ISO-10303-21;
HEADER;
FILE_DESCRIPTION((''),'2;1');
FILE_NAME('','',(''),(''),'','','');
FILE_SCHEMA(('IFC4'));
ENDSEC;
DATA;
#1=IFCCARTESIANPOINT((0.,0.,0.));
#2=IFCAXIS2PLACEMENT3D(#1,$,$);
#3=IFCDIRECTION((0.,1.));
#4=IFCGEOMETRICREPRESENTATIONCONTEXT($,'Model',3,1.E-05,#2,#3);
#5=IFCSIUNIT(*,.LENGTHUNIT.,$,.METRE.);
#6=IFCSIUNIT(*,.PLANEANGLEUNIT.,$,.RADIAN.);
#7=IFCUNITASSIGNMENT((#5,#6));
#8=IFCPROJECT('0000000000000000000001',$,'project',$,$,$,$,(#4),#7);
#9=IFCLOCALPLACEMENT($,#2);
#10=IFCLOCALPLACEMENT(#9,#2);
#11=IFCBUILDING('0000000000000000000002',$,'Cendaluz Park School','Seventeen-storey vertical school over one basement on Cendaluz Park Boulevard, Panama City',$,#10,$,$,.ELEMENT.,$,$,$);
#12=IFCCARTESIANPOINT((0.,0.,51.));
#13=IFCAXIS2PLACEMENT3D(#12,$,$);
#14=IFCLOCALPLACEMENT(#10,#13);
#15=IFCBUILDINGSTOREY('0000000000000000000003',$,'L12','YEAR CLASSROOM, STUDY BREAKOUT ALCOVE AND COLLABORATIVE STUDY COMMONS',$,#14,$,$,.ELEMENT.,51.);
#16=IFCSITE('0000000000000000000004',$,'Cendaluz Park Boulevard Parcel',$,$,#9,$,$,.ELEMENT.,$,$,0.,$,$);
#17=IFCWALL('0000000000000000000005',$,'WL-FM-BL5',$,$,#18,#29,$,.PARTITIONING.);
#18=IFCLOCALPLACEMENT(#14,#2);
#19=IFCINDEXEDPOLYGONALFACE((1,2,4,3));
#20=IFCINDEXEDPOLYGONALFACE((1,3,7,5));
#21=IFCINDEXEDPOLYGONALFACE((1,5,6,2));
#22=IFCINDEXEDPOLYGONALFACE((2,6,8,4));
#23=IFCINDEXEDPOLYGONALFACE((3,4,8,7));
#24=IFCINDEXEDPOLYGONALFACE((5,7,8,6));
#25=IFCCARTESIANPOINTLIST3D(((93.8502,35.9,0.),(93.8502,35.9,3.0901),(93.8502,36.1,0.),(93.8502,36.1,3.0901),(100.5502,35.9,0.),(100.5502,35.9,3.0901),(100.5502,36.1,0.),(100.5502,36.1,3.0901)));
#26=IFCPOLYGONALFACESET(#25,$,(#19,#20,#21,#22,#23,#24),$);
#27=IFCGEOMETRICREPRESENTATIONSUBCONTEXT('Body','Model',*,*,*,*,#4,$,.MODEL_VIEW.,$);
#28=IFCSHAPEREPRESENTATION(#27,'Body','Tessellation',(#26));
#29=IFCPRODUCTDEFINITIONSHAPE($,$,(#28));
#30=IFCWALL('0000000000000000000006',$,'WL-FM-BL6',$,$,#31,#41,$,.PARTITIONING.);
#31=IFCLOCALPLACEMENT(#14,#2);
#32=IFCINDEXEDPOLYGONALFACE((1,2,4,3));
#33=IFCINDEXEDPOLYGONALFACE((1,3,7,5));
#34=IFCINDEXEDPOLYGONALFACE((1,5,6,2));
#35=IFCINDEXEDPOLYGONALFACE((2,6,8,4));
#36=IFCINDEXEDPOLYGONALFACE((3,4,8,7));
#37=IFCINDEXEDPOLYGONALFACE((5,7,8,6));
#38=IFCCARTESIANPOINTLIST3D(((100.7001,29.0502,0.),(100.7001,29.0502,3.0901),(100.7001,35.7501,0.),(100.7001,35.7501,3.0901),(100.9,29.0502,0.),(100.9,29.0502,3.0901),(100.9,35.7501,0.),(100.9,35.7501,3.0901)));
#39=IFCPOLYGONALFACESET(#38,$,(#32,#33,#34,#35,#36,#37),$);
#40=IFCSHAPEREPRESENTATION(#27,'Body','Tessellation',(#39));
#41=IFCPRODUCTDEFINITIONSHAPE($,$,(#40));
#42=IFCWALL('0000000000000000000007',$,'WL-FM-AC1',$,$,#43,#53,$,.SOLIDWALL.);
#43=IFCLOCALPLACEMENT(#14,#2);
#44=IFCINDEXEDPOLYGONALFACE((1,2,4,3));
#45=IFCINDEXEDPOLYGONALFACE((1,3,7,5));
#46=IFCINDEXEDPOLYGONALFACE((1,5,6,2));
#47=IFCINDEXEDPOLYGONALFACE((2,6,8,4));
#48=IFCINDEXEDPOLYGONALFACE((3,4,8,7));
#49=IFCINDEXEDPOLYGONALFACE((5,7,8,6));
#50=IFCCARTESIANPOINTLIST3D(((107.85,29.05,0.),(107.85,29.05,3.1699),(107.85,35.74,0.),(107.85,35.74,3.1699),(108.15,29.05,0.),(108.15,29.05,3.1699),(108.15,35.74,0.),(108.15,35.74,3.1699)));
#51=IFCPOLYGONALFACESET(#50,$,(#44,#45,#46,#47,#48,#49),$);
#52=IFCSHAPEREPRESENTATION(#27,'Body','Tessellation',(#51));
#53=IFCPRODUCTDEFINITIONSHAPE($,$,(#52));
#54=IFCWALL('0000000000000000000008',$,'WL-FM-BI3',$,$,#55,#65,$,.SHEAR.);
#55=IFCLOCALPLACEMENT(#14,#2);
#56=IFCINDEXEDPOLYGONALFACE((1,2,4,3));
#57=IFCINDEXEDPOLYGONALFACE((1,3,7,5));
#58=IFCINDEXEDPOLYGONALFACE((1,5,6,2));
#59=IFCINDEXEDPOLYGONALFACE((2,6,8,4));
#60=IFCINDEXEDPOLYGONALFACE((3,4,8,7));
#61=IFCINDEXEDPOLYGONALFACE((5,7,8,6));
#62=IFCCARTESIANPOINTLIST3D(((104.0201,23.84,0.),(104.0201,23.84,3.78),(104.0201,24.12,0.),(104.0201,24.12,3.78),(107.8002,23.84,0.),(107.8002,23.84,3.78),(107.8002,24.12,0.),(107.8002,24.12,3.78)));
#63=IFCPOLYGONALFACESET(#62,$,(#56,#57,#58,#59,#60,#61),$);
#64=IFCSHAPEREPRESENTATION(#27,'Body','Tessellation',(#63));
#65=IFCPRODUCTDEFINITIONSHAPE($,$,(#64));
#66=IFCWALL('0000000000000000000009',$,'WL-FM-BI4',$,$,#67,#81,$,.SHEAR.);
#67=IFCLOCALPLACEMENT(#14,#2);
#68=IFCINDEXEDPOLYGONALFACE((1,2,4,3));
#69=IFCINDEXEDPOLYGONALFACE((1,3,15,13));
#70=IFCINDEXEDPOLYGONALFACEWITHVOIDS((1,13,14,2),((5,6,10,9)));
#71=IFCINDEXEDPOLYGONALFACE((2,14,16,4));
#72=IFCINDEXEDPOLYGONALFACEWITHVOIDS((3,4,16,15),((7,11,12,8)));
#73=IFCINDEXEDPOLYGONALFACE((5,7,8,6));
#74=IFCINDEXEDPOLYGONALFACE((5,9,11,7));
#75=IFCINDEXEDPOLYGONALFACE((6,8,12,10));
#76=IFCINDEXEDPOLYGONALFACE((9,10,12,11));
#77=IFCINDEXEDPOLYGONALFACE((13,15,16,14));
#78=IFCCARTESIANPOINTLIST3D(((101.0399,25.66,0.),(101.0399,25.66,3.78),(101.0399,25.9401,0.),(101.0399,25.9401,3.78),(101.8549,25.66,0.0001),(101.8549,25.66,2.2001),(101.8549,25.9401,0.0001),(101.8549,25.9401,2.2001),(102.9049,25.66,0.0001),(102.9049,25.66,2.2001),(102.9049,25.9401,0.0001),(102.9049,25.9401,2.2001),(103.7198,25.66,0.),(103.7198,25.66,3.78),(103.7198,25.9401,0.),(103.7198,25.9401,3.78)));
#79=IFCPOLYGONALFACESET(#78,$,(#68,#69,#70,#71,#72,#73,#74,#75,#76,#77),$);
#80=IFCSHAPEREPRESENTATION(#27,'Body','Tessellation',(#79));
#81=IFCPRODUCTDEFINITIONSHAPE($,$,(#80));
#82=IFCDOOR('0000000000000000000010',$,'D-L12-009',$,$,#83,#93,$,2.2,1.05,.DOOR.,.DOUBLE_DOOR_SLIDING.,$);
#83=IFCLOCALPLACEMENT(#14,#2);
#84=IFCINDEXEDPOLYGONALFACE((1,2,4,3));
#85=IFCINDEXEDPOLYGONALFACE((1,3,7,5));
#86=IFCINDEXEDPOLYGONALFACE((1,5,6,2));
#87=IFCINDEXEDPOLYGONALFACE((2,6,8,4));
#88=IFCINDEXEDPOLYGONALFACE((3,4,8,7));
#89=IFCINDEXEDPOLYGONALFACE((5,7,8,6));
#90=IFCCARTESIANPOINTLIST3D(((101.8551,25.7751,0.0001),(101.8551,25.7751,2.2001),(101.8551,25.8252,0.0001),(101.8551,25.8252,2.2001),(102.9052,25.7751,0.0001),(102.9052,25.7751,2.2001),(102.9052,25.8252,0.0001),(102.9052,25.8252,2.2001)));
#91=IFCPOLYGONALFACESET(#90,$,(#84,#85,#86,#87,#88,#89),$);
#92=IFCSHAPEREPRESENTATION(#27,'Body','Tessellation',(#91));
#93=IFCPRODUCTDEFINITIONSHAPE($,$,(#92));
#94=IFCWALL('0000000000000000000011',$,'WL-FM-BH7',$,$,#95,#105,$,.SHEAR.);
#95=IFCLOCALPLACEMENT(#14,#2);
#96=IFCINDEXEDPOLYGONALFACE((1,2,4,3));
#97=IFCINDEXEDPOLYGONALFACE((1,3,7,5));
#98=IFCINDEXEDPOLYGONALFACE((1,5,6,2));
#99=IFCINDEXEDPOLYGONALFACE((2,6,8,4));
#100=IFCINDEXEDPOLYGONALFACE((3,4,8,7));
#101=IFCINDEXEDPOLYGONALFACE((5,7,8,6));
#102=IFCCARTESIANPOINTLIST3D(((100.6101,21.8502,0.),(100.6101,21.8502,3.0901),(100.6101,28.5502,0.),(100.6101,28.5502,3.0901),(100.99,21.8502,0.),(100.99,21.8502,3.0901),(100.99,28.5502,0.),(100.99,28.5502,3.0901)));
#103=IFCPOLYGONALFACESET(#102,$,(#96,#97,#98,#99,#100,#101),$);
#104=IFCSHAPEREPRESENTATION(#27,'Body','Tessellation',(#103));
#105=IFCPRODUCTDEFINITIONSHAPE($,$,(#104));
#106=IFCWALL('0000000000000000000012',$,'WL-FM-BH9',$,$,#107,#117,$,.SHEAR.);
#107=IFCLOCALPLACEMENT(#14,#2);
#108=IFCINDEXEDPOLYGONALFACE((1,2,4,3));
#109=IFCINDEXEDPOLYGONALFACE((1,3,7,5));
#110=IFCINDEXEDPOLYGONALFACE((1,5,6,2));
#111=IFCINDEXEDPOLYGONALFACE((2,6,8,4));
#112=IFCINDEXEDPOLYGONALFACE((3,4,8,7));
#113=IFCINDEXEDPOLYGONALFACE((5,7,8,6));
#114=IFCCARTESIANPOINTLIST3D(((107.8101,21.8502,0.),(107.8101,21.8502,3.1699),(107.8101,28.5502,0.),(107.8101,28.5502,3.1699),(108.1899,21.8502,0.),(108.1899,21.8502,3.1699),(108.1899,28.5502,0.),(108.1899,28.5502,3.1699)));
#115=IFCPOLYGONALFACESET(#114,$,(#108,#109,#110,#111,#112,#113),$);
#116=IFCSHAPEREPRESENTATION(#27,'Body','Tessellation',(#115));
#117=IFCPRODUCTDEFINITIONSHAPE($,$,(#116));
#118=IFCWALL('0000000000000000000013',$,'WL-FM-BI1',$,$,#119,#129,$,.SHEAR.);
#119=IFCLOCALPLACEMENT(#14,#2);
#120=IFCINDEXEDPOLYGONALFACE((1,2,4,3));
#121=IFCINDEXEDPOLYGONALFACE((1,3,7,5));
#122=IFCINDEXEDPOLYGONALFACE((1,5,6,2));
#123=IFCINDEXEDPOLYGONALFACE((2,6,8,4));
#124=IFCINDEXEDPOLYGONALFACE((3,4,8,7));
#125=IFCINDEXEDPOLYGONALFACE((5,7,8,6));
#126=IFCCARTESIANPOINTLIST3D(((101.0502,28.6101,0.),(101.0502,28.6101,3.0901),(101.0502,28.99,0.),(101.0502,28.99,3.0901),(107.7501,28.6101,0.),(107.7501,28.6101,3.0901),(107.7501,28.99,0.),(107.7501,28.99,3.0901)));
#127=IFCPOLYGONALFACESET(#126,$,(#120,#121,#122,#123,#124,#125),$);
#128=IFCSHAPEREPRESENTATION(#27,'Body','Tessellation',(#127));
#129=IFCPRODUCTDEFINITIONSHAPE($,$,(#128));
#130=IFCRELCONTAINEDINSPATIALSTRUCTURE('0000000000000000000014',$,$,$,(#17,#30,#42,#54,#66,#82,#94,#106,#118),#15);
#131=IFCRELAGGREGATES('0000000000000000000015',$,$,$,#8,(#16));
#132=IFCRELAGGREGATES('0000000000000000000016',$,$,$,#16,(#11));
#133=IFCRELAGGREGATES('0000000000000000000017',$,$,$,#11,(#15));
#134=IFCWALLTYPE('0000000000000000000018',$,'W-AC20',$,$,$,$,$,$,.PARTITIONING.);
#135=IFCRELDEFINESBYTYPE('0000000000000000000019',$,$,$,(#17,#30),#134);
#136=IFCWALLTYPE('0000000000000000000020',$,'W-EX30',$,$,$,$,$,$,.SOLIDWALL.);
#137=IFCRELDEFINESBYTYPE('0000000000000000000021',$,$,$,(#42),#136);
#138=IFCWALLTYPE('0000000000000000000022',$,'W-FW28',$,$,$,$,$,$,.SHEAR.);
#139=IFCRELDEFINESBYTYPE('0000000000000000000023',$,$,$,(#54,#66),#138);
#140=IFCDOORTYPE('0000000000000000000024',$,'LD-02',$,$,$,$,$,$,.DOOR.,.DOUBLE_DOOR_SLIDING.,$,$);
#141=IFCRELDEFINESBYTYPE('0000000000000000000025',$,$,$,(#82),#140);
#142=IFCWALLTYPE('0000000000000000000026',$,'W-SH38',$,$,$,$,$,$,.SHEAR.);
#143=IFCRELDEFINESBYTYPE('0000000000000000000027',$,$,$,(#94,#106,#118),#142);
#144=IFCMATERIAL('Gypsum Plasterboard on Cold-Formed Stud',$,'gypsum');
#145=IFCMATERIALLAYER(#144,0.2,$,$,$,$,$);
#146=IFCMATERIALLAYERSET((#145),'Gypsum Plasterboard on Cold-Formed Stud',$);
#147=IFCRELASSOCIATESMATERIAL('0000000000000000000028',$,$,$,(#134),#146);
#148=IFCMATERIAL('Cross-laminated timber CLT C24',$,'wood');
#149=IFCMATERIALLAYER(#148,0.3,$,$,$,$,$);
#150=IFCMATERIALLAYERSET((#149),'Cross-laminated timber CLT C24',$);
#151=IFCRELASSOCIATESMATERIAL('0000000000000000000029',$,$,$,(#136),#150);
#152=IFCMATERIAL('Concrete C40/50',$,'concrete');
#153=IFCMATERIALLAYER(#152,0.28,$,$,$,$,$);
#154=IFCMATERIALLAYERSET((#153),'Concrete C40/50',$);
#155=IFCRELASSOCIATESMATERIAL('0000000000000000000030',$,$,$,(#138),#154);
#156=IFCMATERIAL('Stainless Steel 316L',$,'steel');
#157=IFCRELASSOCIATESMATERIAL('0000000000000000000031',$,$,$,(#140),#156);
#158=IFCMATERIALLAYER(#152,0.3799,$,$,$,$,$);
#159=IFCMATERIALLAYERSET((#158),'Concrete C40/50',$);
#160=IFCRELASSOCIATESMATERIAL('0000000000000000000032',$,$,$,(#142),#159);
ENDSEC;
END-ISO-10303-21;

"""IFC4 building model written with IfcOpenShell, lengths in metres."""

from ifc_helpers import new_model, si_unit, direction, frame, frame_2d, origin, place, context, subcontext, project, spatial, rectangle, extrude, material, layer, layer_set, type_object, element, fill, save


model = new_model("IFC4")

# Units and contexts
model_context = context("Model", 3, precision=1e-05, world=origin(), true_north=direction((0.0, 1.0)))
body_context = subcontext(model_context, "Body", "Model", "MODEL_VIEW")
ifc_project = project(units=[si_unit("LENGTHUNIT", "METRE"), si_unit("PLANEANGLEUNIT", "RADIAN")], contexts=[model_context])

# Site, building, storey
site_placement = place(None, origin())
site = spatial("IfcSite", under=ifc_project, at=site_placement, Name="Cendaluz Park Boulevard Parcel", CompositionType="ELEMENT", RefElevation=0.0)
building_placement = place(site_placement, origin())
building = spatial("IfcBuilding", under=site, at=building_placement, Name="Cendaluz Park School", Description="Seventeen-storey vertical school over one basement on Cendaluz Park Boulevard, Panama City", CompositionType="ELEMENT")
storey_placement = place(building_placement, frame((0.0, 0.0, 51.0)))
storey = spatial("IfcBuildingStorey", under=building, at=storey_placement, Name="L12", Description="YEAR CLASSROOM, STUDY BREAKOUT ALCOVE AND COLLABORATIVE STUDY COMMONS", CompositionType="ELEMENT", Elevation=51.0)

# Walls
ifc_material_1 = material(Name="Gypsum Plasterboard on Cold-Formed Stud", Category="gypsum")
ifc_layer_1 = layer(ifc_material_1, 0.2)
ifc_layer_set_1 = layer_set([ifc_layer_1], Name="Gypsum Plasterboard on Cold-Formed Stud")
wall_type_1 = type_object("IfcWallType", Name="W-AC20", PredefinedType="PARTITIONING", material=ifc_layer_set_1)
for number, where, z_axis, x_axis, name in (
    (1, (93.8501, 36.0, 0.0), (0.0, 0.0, 1.0), (1.0, 0.0, 0.0), "WL-FM-BL5"),
    (2, (100.8, 29.05, 0.0), (0.0, 0.0, 1.0), (0.0, 1.0, 0.0), "WL-FM-BL6"),
):
    element("IfcWall", number, at=place(storey_placement, frame(where, z_axis=z_axis, x_axis=x_axis)), inside=storey, type_object=wall_type_1, Name=name, PredefinedType="PARTITIONING", context=body_context, shape_type="SweptSolid", body=[
        extrude(rectangle(XDim=6.7, YDim=0.2, at=frame_2d((3.3501, 0.0))), origin(), (0.0, 0.0, 1.0), 3.0901),
    ])
ifc_material_2 = material(Name="Cross-laminated timber CLT C24", Category="wood")
ifc_layer_2 = layer(ifc_material_2, 0.3)
ifc_layer_set_2 = layer_set([ifc_layer_2], Name="Cross-laminated timber CLT C24")
wall_type_2 = type_object("IfcWallType", Name="W-EX30", PredefinedType="SOLIDWALL", material=ifc_layer_set_2)
wall_1_placement = place(storey_placement, frame((108.0, 29.05, 0.0), z_axis=(0.0, 0.0, 1.0), x_axis=(0.0, 1.0, 0.0)))
element("IfcWall", 3, at=wall_1_placement, inside=storey, type_object=wall_type_2, Name="WL-FM-AC1", PredefinedType="SOLIDWALL", context=body_context, shape_type="SweptSolid", body=[
    extrude(rectangle(XDim=6.6899, YDim=0.3, at=frame_2d((3.345, 0.0))), origin(), (0.0, 0.0, 1.0), 3.1699),
])
ifc_material_3 = material(Name="Concrete C40/50", Category="concrete")
ifc_layer_3 = layer(ifc_material_3, 0.28)
ifc_layer_set_3 = layer_set([ifc_layer_3], Name="Concrete C40/50")
wall_type_3 = type_object("IfcWallType", Name="W-FW28", PredefinedType="SHEAR", material=ifc_layer_set_3)
wall_2_placement = place(storey_placement, frame((104.02, 23.98, 0.0), z_axis=(0.0, 0.0, 1.0), x_axis=(1.0, 0.0, 0.0)))
element("IfcWall", 4, at=wall_2_placement, inside=storey, type_object=wall_type_3, Name="WL-FM-BI3", PredefinedType="SHEAR", context=body_context, shape_type="SweptSolid", body=[
    extrude(rectangle(XDim=3.78, YDim=0.28, at=frame_2d((1.8901, 0.0))), origin(), (0.0, 0.0, 1.0), 3.78),
])

# Wall, opening, door
wall_3_placement = place(storey_placement, frame((101.04, 25.8, 0.0), z_axis=(0.0, 0.0, 1.0), x_axis=(1.0, 0.0, 0.0)))
wall_3 = element("IfcWall", 5, at=wall_3_placement, inside=storey, type_object=wall_type_3, Name="WL-FM-BI4", PredefinedType="SHEAR", context=body_context, shape_type="SweptSolid", body=[
    extrude(rectangle(XDim=2.6799, YDim=0.28, at=frame_2d((1.3398, 0.0))), origin(), (0.0, 0.0, 1.0), 3.78),
])
opening_placement = place(wall_3_placement, frame((0.8149, 0.0, 0.0)))
opening = element("IfcOpeningElement", 6, at=opening_placement, cuts=wall_3, PredefinedType="OPENING", context=body_context, shape_type="SweptSolid", body=[
    extrude(rectangle(XDim=1.05, YDim=2.2, at=frame_2d((0.5249, 1.1001))), frame((0.0, 0.1521, 0.0), z_axis=(0.0, -1.0, 0.0), x_axis=(1.0, 0.0, 0.0)), (0.0, 0.0, 1.0), 0.304),
])
ifc_material_4 = material(Name="Stainless Steel 316L", Category="steel")
door_type = type_object("IfcDoorType", Name="LD-02", OperationType="DOUBLE_DOOR_SLIDING", PredefinedType="DOOR", material=ifc_material_4)
door_placement = place(opening_placement, frame((1.05, 0.0, 0.0), z_axis=(0.0, 0.0, 1.0), x_axis=(-1.0, 0.0, 0.0)))
door = element("IfcDoor", 7, at=door_placement, inside=storey, type_object=door_type, Name="D-L12-009", OperationType="DOUBLE_DOOR_SLIDING", OverallHeight=2.2, OverallWidth=1.05, PredefinedType="DOOR", context=body_context, shape_type="SweptSolid", body=[
    extrude(rectangle(XDim=1.05, YDim=2.2, at=frame_2d((0.5249, 1.1001))), frame((0.0, 0.0249, 0.0), z_axis=(0.0, -1.0, 0.0), x_axis=(1.0, 0.0, 0.0)), (0.0, 0.0, 1.0), 0.05),
])
fill(opening, door)

# Walls
ifc_layer_4 = layer(ifc_material_3, 0.3799)
ifc_layer_set_4 = layer_set([ifc_layer_4], Name="Concrete C40/50")
wall_type_4 = type_object("IfcWallType", Name="W-SH38", PredefinedType="SHEAR", material=ifc_layer_set_4)
wall_4_placement = place(storey_placement, frame((100.8, 21.8501, 0.0), z_axis=(0.0, 0.0, 1.0), x_axis=(0.0, 1.0, 0.0)))
element("IfcWall", 8, at=wall_4_placement, inside=storey, type_object=wall_type_4, Name="WL-FM-BH7", PredefinedType="SHEAR", context=body_context, shape_type="SweptSolid", body=[
    extrude(rectangle(XDim=6.7, YDim=0.3799, at=frame_2d((3.3501, 0.0))), origin(), (0.0, 0.0, 1.0), 3.0901),
])
wall_5_placement = place(storey_placement, frame((108.0, 21.8501, 0.0), z_axis=(0.0, 0.0, 1.0), x_axis=(0.0, 1.0, 0.0)))
element("IfcWall", 9, at=wall_5_placement, inside=storey, type_object=wall_type_4, Name="WL-FM-BH9", PredefinedType="SHEAR", context=body_context, shape_type="SweptSolid", body=[
    extrude(rectangle(XDim=6.7, YDim=0.3799, at=frame_2d((3.3501, 0.0))), origin(), (0.0, 0.0, 1.0), 3.1699),
])
wall_6_placement = place(storey_placement, frame((101.05, 28.8, 0.0), z_axis=(0.0, 0.0, 1.0), x_axis=(1.0, 0.0, 0.0)))
element("IfcWall", 10, at=wall_6_placement, inside=storey, type_object=wall_type_4, Name="WL-FM-BI1", PredefinedType="SHEAR", context=body_context, shape_type="SweptSolid", body=[
    extrude(rectangle(XDim=6.7, YDim=0.3799, at=frame_2d((3.3501, 0.0))), origin(), (0.0, 0.0, 1.0), 3.0901),
])

save(model, "model.ifc")
